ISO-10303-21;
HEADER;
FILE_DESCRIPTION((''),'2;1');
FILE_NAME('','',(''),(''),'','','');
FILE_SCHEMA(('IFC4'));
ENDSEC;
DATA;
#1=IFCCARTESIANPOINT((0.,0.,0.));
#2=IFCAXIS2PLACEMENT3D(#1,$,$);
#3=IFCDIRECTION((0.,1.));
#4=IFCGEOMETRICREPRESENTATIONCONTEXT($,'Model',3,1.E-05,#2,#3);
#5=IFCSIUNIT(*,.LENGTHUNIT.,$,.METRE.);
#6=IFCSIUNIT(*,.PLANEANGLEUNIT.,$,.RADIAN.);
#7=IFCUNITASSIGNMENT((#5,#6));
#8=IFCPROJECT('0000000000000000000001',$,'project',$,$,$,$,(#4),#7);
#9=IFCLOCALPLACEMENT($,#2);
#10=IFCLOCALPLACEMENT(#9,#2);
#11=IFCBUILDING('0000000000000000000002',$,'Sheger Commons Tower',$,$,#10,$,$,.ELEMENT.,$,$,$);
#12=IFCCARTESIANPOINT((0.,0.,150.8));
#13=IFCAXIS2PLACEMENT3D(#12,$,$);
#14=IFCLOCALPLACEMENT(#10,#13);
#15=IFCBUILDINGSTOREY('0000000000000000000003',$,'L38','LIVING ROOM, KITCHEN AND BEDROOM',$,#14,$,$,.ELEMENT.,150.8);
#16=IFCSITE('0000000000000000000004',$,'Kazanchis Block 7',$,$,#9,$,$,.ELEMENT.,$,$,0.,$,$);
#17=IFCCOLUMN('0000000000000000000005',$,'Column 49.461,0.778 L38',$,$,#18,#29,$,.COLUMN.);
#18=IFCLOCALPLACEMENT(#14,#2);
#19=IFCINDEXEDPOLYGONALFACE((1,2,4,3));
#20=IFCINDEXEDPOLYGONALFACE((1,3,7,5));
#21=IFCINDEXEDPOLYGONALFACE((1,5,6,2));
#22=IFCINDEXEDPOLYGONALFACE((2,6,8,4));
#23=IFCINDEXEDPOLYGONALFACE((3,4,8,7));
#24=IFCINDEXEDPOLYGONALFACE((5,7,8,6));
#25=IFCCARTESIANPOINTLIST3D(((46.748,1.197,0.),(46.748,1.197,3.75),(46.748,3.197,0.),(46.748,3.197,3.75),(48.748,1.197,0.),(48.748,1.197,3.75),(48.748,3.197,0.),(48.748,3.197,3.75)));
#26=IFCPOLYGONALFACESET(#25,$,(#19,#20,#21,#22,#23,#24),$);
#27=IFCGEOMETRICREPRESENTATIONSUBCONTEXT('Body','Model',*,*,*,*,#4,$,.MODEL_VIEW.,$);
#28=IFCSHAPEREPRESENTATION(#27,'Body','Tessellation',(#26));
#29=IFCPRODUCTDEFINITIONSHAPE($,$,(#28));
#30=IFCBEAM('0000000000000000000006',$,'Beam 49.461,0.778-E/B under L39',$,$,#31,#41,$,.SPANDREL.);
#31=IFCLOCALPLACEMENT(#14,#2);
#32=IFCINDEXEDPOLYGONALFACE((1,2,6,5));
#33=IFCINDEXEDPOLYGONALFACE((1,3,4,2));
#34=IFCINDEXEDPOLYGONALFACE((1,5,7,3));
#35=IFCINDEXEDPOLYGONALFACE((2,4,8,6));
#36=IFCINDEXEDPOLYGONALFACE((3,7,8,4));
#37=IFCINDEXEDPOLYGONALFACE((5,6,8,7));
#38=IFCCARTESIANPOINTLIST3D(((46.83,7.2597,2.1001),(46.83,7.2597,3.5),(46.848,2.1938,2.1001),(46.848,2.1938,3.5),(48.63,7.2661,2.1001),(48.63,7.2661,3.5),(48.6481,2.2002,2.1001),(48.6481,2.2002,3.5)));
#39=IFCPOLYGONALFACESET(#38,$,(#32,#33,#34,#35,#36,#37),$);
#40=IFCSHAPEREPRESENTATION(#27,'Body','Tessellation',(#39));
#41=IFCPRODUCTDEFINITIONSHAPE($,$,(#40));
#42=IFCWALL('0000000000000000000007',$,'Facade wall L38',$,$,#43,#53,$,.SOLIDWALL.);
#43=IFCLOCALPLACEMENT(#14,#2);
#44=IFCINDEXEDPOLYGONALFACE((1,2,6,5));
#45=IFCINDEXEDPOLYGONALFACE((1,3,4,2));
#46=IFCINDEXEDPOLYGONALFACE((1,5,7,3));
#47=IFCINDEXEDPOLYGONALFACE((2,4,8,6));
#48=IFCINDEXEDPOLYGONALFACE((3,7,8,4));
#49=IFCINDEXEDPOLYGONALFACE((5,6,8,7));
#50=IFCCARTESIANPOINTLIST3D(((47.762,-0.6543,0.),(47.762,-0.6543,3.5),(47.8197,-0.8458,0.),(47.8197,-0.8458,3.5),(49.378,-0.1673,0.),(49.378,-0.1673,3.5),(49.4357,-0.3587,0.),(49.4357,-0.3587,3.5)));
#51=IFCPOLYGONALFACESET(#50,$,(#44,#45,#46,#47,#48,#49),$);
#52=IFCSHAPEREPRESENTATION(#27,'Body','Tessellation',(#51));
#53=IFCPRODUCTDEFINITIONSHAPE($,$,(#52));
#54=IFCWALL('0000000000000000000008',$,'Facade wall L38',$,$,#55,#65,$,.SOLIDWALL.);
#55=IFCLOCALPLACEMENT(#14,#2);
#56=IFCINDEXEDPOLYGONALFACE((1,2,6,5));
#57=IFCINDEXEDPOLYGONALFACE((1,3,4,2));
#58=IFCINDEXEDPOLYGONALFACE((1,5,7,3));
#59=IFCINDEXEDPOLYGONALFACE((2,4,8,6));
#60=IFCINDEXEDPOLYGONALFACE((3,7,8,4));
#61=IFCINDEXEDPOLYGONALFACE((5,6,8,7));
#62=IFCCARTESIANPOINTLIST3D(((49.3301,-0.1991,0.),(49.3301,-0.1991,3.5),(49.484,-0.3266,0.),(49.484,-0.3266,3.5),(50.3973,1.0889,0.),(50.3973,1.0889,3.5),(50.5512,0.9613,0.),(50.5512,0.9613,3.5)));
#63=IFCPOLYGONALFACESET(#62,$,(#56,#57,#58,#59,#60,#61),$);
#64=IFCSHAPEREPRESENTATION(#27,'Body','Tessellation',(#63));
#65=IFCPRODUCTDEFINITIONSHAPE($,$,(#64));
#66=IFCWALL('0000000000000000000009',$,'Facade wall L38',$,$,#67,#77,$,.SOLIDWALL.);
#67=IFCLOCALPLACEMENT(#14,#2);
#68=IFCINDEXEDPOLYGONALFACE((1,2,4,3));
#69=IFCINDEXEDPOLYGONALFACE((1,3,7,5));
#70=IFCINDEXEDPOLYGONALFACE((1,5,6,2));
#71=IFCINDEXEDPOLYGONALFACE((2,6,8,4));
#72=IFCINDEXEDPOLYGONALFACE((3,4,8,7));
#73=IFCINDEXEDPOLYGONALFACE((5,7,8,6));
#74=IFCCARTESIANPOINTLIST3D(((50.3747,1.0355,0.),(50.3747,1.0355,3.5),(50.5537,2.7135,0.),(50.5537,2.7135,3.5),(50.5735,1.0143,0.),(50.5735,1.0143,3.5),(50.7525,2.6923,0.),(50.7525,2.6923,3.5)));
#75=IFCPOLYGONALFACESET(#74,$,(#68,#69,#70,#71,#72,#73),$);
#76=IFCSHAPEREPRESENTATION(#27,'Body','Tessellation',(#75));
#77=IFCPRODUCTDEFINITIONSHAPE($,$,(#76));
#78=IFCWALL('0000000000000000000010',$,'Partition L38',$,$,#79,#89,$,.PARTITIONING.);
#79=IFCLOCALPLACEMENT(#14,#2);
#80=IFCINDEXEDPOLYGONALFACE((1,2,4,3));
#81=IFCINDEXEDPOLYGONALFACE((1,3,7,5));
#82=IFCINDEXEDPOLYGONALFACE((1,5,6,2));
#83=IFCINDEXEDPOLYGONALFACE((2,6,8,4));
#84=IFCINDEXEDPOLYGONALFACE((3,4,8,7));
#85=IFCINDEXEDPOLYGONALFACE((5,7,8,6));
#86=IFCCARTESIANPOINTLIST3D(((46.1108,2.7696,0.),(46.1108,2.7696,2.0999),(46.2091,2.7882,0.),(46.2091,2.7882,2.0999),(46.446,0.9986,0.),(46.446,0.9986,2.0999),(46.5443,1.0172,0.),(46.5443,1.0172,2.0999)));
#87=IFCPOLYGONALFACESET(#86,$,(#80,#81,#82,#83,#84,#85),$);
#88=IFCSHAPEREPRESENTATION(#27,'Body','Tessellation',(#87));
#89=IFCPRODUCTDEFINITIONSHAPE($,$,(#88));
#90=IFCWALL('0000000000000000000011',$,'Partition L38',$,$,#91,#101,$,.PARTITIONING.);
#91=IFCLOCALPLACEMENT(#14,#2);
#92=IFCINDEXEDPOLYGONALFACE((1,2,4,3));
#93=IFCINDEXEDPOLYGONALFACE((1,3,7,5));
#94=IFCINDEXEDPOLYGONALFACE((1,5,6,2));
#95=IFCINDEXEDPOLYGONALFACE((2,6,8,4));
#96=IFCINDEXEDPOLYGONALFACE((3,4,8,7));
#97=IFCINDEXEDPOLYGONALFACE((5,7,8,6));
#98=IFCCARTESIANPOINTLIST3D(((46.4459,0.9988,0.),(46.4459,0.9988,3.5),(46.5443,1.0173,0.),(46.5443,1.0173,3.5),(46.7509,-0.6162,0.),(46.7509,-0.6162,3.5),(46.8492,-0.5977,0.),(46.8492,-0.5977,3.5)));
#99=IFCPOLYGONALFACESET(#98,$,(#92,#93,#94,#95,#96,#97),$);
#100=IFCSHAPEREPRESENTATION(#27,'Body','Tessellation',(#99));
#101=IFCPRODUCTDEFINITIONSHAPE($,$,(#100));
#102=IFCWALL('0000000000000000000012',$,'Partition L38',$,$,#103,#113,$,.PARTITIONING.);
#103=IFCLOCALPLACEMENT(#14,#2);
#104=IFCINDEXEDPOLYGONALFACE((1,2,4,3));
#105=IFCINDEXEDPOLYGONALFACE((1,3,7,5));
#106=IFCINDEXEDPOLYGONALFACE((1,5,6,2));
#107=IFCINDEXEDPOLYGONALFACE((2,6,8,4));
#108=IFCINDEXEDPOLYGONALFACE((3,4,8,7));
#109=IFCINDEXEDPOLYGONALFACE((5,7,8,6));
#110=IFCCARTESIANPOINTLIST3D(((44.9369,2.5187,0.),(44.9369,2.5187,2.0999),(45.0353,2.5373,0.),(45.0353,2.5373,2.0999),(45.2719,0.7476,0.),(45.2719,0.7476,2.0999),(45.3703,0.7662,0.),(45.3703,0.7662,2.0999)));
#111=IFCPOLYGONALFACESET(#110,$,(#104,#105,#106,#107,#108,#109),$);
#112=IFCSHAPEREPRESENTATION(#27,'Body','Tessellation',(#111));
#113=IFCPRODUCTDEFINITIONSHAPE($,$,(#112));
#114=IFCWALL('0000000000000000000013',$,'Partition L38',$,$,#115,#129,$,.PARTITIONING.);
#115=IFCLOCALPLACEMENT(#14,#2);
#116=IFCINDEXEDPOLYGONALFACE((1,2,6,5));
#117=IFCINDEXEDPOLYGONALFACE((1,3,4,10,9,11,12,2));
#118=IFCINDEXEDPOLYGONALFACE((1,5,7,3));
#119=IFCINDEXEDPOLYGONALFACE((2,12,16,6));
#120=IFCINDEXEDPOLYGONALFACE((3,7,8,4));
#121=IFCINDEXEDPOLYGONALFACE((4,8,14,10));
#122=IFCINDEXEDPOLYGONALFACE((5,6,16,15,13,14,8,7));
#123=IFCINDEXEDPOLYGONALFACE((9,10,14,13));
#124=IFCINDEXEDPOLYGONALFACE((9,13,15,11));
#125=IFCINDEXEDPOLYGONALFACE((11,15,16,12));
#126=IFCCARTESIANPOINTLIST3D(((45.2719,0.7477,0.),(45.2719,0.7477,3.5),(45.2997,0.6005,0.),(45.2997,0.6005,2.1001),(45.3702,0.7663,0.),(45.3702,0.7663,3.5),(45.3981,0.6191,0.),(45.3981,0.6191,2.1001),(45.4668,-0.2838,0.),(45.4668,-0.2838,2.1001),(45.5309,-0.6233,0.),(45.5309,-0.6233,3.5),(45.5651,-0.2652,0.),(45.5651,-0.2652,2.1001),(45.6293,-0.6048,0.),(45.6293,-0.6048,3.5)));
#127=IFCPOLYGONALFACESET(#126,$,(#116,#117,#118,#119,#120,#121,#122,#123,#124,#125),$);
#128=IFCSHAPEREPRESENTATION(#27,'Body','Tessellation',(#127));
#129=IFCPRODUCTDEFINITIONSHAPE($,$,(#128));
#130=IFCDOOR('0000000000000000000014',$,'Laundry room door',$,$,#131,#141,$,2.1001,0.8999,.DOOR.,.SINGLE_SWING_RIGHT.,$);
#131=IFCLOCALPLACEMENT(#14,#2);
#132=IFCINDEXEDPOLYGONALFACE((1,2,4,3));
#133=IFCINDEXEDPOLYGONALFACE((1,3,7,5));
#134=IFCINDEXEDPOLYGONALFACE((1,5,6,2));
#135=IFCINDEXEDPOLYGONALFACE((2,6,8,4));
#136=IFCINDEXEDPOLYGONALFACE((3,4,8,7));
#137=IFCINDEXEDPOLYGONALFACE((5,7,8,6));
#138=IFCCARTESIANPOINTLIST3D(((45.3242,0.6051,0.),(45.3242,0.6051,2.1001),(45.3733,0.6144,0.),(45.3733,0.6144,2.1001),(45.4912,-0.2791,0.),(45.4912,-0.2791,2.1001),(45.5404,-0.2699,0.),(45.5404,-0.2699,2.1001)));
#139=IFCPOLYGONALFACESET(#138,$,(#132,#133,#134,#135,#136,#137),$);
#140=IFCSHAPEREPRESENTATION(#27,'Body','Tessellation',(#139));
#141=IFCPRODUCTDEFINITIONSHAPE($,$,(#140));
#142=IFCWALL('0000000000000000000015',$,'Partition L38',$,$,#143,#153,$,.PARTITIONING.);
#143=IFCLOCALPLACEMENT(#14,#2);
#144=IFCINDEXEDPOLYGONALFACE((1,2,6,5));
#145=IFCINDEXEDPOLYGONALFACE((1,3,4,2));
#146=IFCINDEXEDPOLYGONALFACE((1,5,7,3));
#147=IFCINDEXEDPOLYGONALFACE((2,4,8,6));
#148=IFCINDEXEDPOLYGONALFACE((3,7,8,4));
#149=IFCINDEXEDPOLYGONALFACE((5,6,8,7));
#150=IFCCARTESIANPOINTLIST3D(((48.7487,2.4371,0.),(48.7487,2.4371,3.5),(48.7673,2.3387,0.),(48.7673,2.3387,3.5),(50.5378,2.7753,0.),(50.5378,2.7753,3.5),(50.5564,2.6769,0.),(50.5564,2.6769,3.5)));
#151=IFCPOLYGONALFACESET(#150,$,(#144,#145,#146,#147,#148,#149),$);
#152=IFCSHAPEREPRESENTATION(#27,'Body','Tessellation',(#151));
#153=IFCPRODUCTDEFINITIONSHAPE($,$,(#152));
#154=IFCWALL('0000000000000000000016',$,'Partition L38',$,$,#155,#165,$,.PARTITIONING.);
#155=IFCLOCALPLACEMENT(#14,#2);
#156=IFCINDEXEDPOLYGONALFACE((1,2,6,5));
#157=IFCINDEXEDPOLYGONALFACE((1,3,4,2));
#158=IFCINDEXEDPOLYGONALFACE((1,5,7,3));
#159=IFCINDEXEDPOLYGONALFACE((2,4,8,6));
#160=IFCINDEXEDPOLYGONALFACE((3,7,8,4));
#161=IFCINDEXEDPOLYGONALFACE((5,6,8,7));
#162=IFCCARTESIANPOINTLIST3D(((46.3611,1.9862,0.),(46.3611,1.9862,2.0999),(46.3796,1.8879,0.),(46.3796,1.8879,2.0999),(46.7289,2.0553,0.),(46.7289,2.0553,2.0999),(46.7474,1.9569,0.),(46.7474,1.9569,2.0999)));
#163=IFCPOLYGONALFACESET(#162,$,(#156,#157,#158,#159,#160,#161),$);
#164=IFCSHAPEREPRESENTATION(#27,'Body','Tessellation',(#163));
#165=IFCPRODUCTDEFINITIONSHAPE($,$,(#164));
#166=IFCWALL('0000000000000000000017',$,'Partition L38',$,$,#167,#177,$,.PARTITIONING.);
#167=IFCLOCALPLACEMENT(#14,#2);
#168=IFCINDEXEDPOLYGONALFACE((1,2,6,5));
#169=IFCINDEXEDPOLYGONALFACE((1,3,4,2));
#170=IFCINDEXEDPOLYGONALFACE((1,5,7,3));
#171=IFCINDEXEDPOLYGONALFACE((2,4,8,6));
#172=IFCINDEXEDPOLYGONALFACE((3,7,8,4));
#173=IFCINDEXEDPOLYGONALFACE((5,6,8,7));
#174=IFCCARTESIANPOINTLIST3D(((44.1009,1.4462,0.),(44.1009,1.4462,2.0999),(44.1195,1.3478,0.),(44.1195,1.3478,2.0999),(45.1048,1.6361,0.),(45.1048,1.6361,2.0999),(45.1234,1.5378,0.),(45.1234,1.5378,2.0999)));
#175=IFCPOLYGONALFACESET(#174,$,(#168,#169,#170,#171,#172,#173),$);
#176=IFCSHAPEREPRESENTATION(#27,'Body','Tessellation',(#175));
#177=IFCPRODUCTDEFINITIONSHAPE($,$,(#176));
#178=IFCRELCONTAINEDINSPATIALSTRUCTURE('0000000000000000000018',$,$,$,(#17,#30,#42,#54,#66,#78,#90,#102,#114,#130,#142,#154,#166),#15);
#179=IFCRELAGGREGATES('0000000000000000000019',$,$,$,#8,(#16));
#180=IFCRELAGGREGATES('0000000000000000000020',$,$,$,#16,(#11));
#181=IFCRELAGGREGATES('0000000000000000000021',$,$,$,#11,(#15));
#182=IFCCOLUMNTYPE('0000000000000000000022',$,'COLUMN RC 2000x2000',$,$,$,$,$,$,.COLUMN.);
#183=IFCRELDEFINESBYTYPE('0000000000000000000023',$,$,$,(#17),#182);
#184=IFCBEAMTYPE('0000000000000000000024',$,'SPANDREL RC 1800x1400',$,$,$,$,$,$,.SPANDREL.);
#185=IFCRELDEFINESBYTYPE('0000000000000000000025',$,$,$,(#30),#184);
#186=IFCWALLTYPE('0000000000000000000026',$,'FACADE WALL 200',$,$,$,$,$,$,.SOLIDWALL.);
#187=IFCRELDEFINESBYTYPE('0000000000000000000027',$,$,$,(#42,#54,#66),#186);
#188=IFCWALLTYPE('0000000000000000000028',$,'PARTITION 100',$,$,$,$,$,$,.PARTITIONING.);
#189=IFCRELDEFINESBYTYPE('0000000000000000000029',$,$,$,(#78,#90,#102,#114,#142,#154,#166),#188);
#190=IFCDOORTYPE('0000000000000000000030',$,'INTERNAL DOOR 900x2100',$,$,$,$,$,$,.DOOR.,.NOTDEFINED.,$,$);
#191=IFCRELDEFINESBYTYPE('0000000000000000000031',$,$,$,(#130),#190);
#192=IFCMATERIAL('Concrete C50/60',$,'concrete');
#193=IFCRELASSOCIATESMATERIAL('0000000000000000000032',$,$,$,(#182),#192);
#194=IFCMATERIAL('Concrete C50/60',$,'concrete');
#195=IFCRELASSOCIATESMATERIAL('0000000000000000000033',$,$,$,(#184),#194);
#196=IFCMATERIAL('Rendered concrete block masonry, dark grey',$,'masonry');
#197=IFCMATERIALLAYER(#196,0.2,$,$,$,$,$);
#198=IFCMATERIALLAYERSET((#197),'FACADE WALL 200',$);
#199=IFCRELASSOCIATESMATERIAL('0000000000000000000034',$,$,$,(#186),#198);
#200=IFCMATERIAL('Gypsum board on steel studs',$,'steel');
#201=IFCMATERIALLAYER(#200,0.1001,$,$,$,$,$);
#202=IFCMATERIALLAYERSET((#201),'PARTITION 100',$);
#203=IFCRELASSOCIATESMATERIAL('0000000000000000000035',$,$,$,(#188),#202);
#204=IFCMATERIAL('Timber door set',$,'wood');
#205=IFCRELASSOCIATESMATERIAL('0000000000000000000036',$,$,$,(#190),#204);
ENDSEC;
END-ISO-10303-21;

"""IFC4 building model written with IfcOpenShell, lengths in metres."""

from ifc_helpers import new_model, si_unit, direction, frame, frame_2d, origin, origin_2d, place, context, subcontext, project, spatial, rectangle, extrude, material, layer, layer_set, material_profile, profile_set, type_object, element, fill, save


model = new_model("IFC4")

# Units and contexts
model_context = context("Model", 3, precision=1e-05, world=origin(), true_north=direction((0.0, 1.0)))
body_context = subcontext(model_context, "Body", "Model", "MODEL_VIEW")
ifc_project = project(units=[si_unit("LENGTHUNIT", "METRE"), si_unit("PLANEANGLEUNIT", "RADIAN")], contexts=[model_context])

# Site, building, storey
site_placement = place(None, origin())
site = spatial("IfcSite", under=ifc_project, at=site_placement, Name="Kazanchis Block 7", CompositionType="ELEMENT", RefElevation=0.0)
building_placement = place(site_placement, origin())
building = spatial("IfcBuilding", under=site, at=building_placement, Name="Sheger Commons Tower", CompositionType="ELEMENT")
storey_placement = place(building_placement, frame((0.0, 0.0, 150.8)))
storey = spatial("IfcBuildingStorey", under=building, at=storey_placement, Name="L38", Description="LIVING ROOM, KITCHEN AND BEDROOM", CompositionType="ELEMENT", Elevation=150.8)

# Column
ifc_material_1 = material(Name="Concrete C50/60", Category="concrete")
ifc_material_profile_1 = material_profile(ifc_material_1, rectangle(XDim=2.0, YDim=2.0, at=origin_2d()), Name="RC 2000x2000")
ifc_profile_set_1 = profile_set([ifc_material_profile_1], Name="Concrete C50/60")
column_type = type_object("IfcColumnType", Name="COLUMN RC 2000x2000", PredefinedType="COLUMN", material=ifc_profile_set_1)
column_placement = place(storey_placement, frame((47.748, 2.197, 0.0), z_axis=(0.0, 0.0, 1.0), x_axis=(1.0, 0.0, 0.0)))
element("IfcColumn", 1, at=column_placement, inside=storey, type_object=column_type, Name="Column 49.461,0.778 L38", PredefinedType="COLUMN", context=body_context, shape_type="SweptSolid", body=[
    extrude(rectangle(XDim=2.0, YDim=2.0, at=origin_2d()), origin(), (0.0, 0.0, 1.0), 3.75),
])

# Beam
ifc_material_2 = material(Name="Concrete C50/60", Category="concrete")
ifc_material_profile_2 = material_profile(ifc_material_2, rectangle(XDim=1.8, YDim=1.3999, at=origin_2d()), Name="RC 1800x1400")
ifc_profile_set_2 = profile_set([ifc_material_profile_2], Name="Concrete C50/60")
beam_type = type_object("IfcBeamType", Name="SPANDREL RC 1800x1400", PredefinedType="SPANDREL", material=ifc_profile_set_2)
beam_placement = place(storey_placement, frame((47.748, 2.197, 2.8), z_axis=(-0.003566, 0.999994, 0.0), x_axis=(-0.999994, -0.003566, 0.0)))
element("IfcBeam", 2, at=beam_placement, inside=storey, type_object=beam_type, Name="Beam 49.461,0.778-E/B under L39", PredefinedType="SPANDREL", context=body_context, shape_type="SweptSolid", body=[
    extrude(rectangle(XDim=1.8, YDim=1.3999, at=origin_2d()), origin(), (0.0, 0.0, 1.0), 5.0659),
])

# Walls
ifc_material_3 = material(Name="Rendered concrete block masonry, dark grey", Category="masonry")
ifc_layer_1 = layer(ifc_material_3, 0.2)
ifc_layer_set_1 = layer_set([ifc_layer_1], Name="FACADE WALL 200")
wall_type_1 = type_object("IfcWallType", Name="FACADE WALL 200", PredefinedType="SOLIDWALL", material=ifc_layer_set_1)
wall_1_placement = place(storey_placement, frame((47.791, -0.75, 0.0), z_axis=(0.0, 0.0, 1.0), x_axis=(0.957455, 0.288582, 0.0)))
element("IfcWall", 3, at=wall_1_placement, inside=storey, type_object=wall_type_1, Name="Facade wall L38", PredefinedType="SOLIDWALL", context=body_context, shape_type="SweptSolid", body=[
    extrude(rectangle(XDim=1.6877, YDim=0.2, at=frame_2d((0.8438, 0.0))), origin(), (0.0, 0.0, 1.0), 3.5),
])
wall_2_placement = place(storey_placement, frame((49.407, -0.2629, 0.0), z_axis=(0.0, 0.0, 1.0), x_axis=(0.638043, 0.770001, 0.0)))
element("IfcWall", 4, at=wall_2_placement, inside=storey, type_object=wall_type_1, Name="Facade wall L38", PredefinedType="SOLIDWALL", context=body_context, shape_type="SweptSolid", body=[
    extrude(rectangle(XDim=1.6726, YDim=0.2, at=frame_2d((0.8364, 0.0))), origin(), (0.0, 0.0, 1.0), 3.5),
])
wall_3_placement = place(storey_placement, frame((50.4741, 1.0249, 0.0), z_axis=(0.0, 0.0, 1.0), x_axis=(0.106048, 0.994361, 0.0)))
element("IfcWall", 5, at=wall_3_placement, inside=storey, type_object=wall_type_1, Name="Facade wall L38", PredefinedType="SOLIDWALL", context=body_context, shape_type="SweptSolid", body=[
    extrude(rectangle(XDim=1.6875, YDim=0.2, at=frame_2d((0.8438, 0.0))), origin(), (0.0, 0.0, 1.0), 3.5),
])

# Walls
ifc_material_4 = material(Name="Gypsum board on steel studs", Category="steel")
ifc_layer_2 = layer(ifc_material_4, 0.1001)
ifc_layer_set_2 = layer_set([ifc_layer_2], Name="PARTITION 100")
wall_type_2 = type_object("IfcWallType", Name="PARTITION 100", PredefinedType="PARTITIONING", material=ifc_layer_set_2)
wall_4_placement = place(storey_placement, frame((46.1599, 2.7791, 0.0), z_axis=(0.0, 0.0, 1.0), x_axis=(0.185973, -0.982555, 0.0)))
element("IfcWall", 6, at=wall_4_placement, inside=storey, type_object=wall_type_2, Name="Partition L38", PredefinedType="PARTITIONING", context=body_context, shape_type="SweptSolid", body=[
    extrude(rectangle(XDim=1.8025, YDim=0.1001, at=frame_2d((0.9014, 0.0))), origin(), (0.0, 0.0, 1.0), 2.0999),
])
wall_5_placement = place(storey_placement, frame((46.4951, 1.0081, 0.0), z_axis=(0.0, 0.0, 1.0), x_axis=(0.185535, -0.982638, 0.0)))
element("IfcWall", 7, at=wall_5_placement, inside=storey, type_object=wall_type_2, Name="Partition L38", PredefinedType="PARTITIONING", context=body_context, shape_type="SweptSolid", body=[
    extrude(rectangle(XDim=1.6436, YDim=0.1001, at=frame_2d((0.8218, 0.0))), origin(), (0.0, 0.0, 1.0), 3.5),
])
wall_6_placement = place(storey_placement, frame((44.9861, 2.5281, 0.0), z_axis=(0.0, 0.0, 1.0), x_axis=(0.185842, -0.98258, 0.0)))
element("IfcWall", 8, at=wall_6_placement, inside=storey, type_object=wall_type_2, Name="Partition L38", PredefinedType="PARTITIONING", context=body_context, shape_type="SweptSolid", body=[
    extrude(rectangle(XDim=1.8025, YDim=0.1001, at=frame_2d((0.9014, 0.0))), origin(), (0.0, 0.0, 1.0), 2.0999),
])

# Wall, opening, door
wall_7_placement = place(storey_placement, frame((45.321, 0.7571, 0.0), z_axis=(0.0, 0.0, 1.0), x_axis=(0.185641, -0.982618, 0.0)))
wall_7 = element("IfcWall", 9, at=wall_7_placement, inside=storey, type_object=wall_type_2, Name="Partition L38", PredefinedType="PARTITIONING", context=body_context, shape_type="SweptSolid", body=[
    extrude(rectangle(XDim=1.3953, YDim=0.1001, at=frame_2d((0.6978, 0.0))), origin(), (0.0, 0.0, 1.0), 3.5),
])
opening_1_placement = place(wall_7_placement, frame((0.1499, 0.0, 0.0)))
opening_1 = element("IfcOpeningElement", 10, at=opening_1_placement, cuts=wall_7, PredefinedType="OPENING", context=body_context, shape_type="SweptSolid", body=[
    extrude(rectangle(XDim=0.8999, YDim=2.1001, at=frame_2d((0.45, 1.05))), frame((0.0, 0.0601, 0.0), z_axis=(0.0, -1.0, 0.0), x_axis=(1.0, 0.0, 0.0)), (0.0, 0.0, 1.0), 0.1201),
])
ifc_material_5 = material(Name="Timber door set", Category="wood")
door_type = type_object("IfcDoorType", Name="INTERNAL DOOR 900x2100", OperationType="NOTDEFINED", PredefinedType="DOOR", material=ifc_material_5)
door_placement = place(opening_1_placement, origin())
door = element("IfcDoor", 11, at=door_placement, inside=storey, type_object=door_type, Name="Laundry room door", OperationType="SINGLE_SWING_RIGHT", OverallHeight=2.1001, OverallWidth=0.8999, PredefinedType="DOOR", context=body_context, shape_type="SweptSolid", body=[
    extrude(rectangle(XDim=0.8999, YDim=2.1001, at=frame_2d((0.45, 1.05))), frame((0.0, 0.0249, 0.0), z_axis=(0.0, -1.0, 0.0), x_axis=(1.0, 0.0, 0.0)), (0.0, 0.0, 1.0), 0.05),
])
fill(opening_1, door)

# Walls
wall_8_placement = place(storey_placement, frame((50.5471, 2.7261, 0.0), z_axis=(0.0, 0.0, 1.0), x_axis=(-0.982604, -0.185713, 0.0)))
element("IfcWall", 12, at=wall_8_placement, inside=storey, type_object=wall_type_2, Name="Partition L38", PredefinedType="PARTITIONING", context=body_context, shape_type="SweptSolid", body=[
    extrude(rectangle(XDim=1.8208, YDim=0.1001, at=frame_2d((0.9104, 0.0))), origin(), (0.0, 0.0, 1.0), 3.5),
])
wall_9_placement = place(storey_placement, frame((46.738, 2.0061, 0.0), z_axis=(0.0, 0.0, 1.0), x_axis=(-0.98282, -0.184564, 0.0)))
element("IfcWall", 13, at=wall_9_placement, inside=storey, type_object=wall_type_2, Name="Partition L38", PredefinedType="PARTITIONING", context=body_context, shape_type="SweptSolid", body=[
    extrude(rectangle(XDim=0.3743, YDim=0.1001, at=frame_2d((0.187, 0.0))), origin(), (0.0, 0.0, 1.0), 2.0999),
])
wall_10_placement = place(storey_placement, frame((45.114, 1.5869, 0.0), z_axis=(0.0, 0.0, 1.0), x_axis=(-0.982568, -0.185904, 0.0)))
element("IfcWall", 14, at=wall_10_placement, inside=storey, type_object=wall_type_2, Name="Partition L38", PredefinedType="PARTITIONING", context=body_context, shape_type="SweptSolid", body=[
    extrude(rectangle(XDim=1.0217, YDim=0.1001, at=frame_2d((0.5107, 0.0))), origin(), (0.0, 0.0, 1.0), 2.0999),
])

save(model, "model.ifc")
